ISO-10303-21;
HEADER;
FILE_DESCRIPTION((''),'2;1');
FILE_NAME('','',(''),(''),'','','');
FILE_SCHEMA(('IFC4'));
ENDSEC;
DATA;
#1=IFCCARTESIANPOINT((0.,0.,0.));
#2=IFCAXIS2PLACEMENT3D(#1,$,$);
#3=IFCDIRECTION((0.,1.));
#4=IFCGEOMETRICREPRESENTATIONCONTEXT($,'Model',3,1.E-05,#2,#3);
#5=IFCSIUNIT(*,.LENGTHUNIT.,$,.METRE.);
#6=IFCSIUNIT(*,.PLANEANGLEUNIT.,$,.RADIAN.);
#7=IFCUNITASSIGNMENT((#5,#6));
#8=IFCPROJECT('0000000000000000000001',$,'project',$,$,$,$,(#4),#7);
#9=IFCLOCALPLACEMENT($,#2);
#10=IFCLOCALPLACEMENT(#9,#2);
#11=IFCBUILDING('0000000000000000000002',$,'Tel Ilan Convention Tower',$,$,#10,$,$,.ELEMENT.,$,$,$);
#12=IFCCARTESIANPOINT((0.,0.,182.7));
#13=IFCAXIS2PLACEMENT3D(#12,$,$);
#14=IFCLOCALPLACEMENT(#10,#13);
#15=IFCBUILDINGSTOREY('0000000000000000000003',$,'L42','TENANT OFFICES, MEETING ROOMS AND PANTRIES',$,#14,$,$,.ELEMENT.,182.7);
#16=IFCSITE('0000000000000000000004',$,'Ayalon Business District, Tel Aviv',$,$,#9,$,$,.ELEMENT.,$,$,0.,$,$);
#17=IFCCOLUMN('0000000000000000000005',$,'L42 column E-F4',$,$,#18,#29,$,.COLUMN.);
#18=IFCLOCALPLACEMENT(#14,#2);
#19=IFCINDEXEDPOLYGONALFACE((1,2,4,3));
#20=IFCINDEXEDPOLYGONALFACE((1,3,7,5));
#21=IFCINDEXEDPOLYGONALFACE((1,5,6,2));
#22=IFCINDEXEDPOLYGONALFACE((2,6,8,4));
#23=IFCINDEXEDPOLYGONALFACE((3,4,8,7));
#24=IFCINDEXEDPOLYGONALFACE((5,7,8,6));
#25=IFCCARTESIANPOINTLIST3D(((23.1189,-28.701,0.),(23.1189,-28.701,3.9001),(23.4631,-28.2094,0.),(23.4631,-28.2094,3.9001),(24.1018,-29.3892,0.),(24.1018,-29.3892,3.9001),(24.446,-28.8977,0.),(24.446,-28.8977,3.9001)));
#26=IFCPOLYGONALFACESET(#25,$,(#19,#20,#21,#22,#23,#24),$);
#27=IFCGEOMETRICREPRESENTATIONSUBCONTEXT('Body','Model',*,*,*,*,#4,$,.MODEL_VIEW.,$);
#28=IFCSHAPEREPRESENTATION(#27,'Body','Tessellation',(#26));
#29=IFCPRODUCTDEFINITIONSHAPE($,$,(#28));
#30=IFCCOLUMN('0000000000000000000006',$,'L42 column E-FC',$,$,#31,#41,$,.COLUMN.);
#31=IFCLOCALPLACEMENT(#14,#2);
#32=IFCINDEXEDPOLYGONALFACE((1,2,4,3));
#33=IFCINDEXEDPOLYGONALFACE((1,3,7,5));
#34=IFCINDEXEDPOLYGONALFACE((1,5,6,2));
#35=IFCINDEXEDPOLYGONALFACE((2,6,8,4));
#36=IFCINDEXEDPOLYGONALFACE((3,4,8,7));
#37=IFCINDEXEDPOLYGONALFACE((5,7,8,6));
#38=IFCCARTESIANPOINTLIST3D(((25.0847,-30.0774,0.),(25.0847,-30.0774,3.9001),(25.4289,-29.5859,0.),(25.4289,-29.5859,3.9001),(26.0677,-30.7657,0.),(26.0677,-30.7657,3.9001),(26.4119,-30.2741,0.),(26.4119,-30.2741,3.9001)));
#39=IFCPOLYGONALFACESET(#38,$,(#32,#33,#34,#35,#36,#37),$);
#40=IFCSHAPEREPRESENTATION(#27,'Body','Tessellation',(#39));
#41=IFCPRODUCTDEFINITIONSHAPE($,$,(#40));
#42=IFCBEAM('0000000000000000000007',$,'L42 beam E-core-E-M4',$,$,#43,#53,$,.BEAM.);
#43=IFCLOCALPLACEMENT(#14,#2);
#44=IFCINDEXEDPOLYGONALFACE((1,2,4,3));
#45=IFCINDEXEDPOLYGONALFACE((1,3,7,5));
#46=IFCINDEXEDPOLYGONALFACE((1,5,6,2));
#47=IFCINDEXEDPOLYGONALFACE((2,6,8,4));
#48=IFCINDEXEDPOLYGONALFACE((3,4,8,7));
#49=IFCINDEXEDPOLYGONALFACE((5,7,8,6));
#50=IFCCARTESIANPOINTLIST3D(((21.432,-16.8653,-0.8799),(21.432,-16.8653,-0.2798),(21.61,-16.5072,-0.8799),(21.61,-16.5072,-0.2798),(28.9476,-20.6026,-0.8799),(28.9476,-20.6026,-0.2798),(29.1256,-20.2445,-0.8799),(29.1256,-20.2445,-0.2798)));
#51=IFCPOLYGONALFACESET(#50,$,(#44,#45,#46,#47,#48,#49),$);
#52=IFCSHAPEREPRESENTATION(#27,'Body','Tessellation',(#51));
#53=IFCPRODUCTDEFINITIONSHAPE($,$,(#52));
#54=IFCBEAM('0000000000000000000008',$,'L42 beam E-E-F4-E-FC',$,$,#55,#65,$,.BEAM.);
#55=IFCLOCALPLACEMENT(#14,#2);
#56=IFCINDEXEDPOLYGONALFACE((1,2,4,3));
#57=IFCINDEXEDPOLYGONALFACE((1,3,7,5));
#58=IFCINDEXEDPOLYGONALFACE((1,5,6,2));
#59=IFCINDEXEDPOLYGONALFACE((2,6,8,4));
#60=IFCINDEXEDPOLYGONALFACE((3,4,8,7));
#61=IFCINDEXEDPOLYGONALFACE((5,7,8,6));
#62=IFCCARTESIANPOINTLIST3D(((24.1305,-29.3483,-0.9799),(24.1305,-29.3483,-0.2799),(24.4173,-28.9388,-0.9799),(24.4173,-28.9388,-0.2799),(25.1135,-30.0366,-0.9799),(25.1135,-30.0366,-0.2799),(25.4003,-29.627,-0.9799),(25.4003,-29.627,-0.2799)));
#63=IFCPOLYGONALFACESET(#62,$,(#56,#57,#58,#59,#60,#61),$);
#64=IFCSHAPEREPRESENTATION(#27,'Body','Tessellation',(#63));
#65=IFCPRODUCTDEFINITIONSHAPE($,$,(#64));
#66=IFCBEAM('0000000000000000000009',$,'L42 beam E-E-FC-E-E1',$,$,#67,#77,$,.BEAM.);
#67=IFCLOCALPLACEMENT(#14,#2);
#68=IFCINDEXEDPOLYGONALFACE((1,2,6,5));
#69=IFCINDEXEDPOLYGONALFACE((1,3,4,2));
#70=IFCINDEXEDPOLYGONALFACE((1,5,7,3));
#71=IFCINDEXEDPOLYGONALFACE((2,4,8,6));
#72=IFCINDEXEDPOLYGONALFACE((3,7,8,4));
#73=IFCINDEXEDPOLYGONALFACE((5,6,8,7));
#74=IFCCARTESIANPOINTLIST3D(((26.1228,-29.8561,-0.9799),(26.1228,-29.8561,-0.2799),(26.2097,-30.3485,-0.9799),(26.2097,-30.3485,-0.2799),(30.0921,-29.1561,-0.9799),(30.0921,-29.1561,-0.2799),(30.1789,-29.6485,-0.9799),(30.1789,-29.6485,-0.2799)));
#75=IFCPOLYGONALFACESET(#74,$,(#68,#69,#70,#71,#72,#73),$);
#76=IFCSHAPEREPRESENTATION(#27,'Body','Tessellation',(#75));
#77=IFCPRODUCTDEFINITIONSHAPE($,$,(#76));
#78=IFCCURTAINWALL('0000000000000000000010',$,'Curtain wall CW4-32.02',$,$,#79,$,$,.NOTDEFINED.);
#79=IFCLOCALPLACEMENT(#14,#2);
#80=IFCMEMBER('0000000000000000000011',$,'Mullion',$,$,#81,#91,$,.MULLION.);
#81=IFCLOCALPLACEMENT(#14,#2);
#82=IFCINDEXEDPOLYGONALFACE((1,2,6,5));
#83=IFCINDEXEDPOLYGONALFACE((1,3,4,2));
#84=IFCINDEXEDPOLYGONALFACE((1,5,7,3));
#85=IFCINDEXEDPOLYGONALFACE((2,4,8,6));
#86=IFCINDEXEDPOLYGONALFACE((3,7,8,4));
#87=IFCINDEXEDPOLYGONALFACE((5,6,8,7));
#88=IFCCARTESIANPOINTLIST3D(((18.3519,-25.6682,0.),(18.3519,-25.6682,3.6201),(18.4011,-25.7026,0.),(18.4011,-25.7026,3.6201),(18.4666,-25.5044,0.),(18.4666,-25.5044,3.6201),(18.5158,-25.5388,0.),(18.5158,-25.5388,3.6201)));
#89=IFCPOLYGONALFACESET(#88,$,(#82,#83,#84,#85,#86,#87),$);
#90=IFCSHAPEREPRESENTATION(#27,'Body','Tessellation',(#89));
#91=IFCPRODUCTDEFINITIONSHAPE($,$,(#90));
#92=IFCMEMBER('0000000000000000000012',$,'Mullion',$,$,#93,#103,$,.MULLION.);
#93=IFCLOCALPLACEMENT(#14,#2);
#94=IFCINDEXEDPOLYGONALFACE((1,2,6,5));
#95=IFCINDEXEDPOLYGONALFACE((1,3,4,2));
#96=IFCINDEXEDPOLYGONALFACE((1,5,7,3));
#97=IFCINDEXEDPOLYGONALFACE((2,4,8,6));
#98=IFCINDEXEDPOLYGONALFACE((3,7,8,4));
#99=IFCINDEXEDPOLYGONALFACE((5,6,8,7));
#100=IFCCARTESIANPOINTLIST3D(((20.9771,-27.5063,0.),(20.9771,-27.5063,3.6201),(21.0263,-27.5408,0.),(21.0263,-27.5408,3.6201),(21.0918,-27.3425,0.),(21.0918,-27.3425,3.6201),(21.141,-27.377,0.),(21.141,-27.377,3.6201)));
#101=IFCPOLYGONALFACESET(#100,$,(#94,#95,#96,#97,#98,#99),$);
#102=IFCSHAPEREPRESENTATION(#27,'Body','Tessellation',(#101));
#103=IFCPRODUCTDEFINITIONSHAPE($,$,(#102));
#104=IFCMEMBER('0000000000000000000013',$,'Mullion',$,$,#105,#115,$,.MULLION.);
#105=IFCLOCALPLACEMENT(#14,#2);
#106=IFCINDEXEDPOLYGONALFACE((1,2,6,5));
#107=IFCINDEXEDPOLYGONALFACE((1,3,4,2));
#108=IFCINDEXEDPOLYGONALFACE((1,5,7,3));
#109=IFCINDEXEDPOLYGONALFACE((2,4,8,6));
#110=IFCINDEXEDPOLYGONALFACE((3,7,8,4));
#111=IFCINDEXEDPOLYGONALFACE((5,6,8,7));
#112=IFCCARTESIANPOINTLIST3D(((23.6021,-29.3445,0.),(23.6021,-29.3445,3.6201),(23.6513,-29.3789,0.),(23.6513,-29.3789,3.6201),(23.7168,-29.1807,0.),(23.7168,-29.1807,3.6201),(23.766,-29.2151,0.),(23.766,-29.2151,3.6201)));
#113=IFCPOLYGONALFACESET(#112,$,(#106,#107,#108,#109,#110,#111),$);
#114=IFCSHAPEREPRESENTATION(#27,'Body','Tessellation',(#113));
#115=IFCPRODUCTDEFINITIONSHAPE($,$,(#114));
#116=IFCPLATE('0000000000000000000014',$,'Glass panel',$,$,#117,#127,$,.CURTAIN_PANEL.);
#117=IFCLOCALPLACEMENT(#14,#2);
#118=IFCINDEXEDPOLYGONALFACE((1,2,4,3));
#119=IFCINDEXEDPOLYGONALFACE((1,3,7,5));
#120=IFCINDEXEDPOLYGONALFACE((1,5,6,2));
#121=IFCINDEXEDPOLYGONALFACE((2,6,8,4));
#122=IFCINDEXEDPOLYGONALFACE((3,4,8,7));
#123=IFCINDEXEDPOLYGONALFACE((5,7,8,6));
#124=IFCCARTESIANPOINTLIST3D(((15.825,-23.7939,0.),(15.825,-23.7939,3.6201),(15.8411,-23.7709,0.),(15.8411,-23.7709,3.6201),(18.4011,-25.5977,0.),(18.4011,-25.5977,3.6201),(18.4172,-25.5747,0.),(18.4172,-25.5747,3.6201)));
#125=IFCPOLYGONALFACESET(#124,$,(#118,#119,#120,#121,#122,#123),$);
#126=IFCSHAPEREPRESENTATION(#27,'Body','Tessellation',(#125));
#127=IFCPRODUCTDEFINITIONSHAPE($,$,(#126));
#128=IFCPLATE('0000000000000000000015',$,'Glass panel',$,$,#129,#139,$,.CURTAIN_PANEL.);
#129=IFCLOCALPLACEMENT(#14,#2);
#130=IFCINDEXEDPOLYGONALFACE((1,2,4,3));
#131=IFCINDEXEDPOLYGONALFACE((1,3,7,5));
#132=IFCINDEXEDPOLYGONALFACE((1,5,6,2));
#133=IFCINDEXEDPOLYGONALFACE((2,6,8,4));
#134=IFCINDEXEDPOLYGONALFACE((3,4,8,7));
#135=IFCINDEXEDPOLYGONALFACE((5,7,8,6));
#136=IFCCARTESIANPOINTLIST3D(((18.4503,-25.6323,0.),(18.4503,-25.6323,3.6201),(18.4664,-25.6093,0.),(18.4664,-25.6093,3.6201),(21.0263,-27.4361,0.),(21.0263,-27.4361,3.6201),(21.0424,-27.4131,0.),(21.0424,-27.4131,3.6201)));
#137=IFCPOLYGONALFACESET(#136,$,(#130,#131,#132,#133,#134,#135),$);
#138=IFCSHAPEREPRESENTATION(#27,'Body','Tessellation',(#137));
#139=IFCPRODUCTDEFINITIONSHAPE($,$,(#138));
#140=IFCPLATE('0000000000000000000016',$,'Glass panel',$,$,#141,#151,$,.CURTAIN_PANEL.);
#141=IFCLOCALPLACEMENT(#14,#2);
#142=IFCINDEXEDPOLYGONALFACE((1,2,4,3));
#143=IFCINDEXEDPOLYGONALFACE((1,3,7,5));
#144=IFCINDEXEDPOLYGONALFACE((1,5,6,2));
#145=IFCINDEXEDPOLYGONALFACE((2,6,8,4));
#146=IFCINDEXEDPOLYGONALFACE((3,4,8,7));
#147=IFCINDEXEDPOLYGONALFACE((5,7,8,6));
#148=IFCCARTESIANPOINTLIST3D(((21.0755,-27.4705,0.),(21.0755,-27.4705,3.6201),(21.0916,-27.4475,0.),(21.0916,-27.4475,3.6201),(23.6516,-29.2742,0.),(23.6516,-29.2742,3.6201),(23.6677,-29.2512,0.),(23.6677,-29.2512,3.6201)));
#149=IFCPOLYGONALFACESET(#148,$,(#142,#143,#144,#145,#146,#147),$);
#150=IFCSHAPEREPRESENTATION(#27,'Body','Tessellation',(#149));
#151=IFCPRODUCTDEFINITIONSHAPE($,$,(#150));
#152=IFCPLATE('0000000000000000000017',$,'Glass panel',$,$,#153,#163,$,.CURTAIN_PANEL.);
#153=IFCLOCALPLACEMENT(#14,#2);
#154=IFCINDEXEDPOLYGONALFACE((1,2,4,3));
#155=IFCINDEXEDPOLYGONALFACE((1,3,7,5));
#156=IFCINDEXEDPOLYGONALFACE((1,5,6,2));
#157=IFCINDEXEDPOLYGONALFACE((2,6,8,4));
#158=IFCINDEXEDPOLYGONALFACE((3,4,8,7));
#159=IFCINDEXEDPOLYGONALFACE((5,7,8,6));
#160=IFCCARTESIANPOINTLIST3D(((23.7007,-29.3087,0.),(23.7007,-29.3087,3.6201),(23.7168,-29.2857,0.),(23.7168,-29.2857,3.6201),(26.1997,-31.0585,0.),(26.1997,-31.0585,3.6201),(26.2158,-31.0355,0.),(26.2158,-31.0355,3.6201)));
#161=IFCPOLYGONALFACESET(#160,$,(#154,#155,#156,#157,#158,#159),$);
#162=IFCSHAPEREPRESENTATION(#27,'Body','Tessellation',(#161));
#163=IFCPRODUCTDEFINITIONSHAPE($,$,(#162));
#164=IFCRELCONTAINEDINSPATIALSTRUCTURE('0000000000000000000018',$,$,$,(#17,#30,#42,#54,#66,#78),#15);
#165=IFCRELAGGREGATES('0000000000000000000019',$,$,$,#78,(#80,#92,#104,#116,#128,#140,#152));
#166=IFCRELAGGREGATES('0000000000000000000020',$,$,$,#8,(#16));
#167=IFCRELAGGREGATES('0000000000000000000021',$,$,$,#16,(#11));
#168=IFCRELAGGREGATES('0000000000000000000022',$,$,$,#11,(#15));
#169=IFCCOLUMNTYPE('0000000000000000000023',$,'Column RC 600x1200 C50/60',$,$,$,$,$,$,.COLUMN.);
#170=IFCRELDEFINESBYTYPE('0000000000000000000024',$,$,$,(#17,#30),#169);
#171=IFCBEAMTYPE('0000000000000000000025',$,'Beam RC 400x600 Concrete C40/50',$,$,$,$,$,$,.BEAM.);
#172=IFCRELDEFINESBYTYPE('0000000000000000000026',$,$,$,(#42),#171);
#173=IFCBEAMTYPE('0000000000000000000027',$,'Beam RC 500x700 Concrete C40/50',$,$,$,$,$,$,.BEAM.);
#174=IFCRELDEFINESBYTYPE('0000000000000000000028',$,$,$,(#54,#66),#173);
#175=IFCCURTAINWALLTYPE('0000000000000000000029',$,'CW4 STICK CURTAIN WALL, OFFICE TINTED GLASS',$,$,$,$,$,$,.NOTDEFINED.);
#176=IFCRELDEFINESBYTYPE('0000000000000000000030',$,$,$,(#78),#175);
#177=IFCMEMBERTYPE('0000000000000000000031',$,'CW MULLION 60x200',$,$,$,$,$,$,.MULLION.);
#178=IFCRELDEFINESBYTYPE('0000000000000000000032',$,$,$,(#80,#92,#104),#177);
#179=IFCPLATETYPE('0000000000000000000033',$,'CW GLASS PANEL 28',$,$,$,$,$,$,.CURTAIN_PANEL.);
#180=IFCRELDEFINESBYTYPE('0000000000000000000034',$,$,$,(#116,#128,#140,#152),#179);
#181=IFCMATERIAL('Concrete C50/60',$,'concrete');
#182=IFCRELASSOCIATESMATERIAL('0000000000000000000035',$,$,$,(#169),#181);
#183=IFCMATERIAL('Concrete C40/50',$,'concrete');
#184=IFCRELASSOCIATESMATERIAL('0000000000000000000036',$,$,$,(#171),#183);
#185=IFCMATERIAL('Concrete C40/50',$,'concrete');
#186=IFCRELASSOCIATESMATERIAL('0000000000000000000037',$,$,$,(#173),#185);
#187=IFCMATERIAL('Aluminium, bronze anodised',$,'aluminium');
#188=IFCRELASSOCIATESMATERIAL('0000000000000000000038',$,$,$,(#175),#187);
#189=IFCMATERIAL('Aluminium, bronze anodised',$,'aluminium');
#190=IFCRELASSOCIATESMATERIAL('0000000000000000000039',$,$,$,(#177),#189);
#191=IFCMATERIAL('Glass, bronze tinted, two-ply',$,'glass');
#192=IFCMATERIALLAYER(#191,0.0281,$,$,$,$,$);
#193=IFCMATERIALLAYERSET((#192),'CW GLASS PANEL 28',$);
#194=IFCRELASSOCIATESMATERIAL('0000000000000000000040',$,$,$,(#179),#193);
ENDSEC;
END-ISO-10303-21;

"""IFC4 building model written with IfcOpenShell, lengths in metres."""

from ifc_helpers import new_model, si_unit, direction, frame, origin, origin_2d, place, context, subcontext, project, spatial, rectangle, extrude, material, layer, layer_set, material_profile, profile_set, type_object, element, aggregate, save


model = new_model("IFC4")

# Units and contexts
model_context = context("Model", 3, precision=1e-05, world=origin(), true_north=direction((0.0, 1.0)))
body_context = subcontext(model_context, "Body", "Model", "MODEL_VIEW")
ifc_project = project(units=[si_unit("LENGTHUNIT", "METRE"), si_unit("PLANEANGLEUNIT", "RADIAN")], contexts=[model_context])

# Site, building, storey
site_placement = place(None, origin())
site = spatial("IfcSite", under=ifc_project, at=site_placement, Name="Ayalon Business District, Tel Aviv", CompositionType="ELEMENT", RefElevation=0.0)
building_placement = place(site_placement, origin())
building = spatial("IfcBuilding", under=site, at=building_placement, Name="Tel Ilan Convention Tower", CompositionType="ELEMENT")
storey_placement = place(building_placement, frame((0.0, 0.0, 182.7)))
storey = spatial("IfcBuildingStorey", under=building, at=storey_placement, Name="L42", Description="TENANT OFFICES, MEETING ROOMS AND PANTRIES", CompositionType="ELEMENT", Elevation=182.7)

# Columns
ifc_material_1 = material(Name="Concrete C50/60", Category="concrete")
ifc_material_profile_1 = material_profile(ifc_material_1, rectangle(XDim=1.2, YDim=0.6001, at=origin_2d()), Name="RC 600x1200")
ifc_profile_set_1 = profile_set([ifc_material_profile_1], Name="Concrete C50/60")
column_type = type_object("IfcColumnType", Name="Column RC 600x1200 C50/60", PredefinedType="COLUMN", material=ifc_profile_set_1)
for number, where, z_axis, x_axis, name in (
    (1, (23.7825, -28.7993, 0.0), (0.0, 0.0, 1.0), (0.819152, -0.573576, 0.0), "L42 column E-F4"),
    (2, (25.7483, -30.1758, 0.0), (0.0, 0.0, 1.0), (0.819152, -0.573576, 0.0), "L42 column E-FC"),
):
    element("IfcColumn", number, at=place(storey_placement, frame(where, z_axis=z_axis, x_axis=x_axis)), inside=storey, type_object=column_type, Name=name, PredefinedType="COLUMN", context=body_context, shape_type="SweptSolid", body=[
        extrude(rectangle(XDim=1.2, YDim=0.6001, at=origin_2d()), origin(), (0.0, 0.0, 1.0), 3.9001),
    ])

# Beams
ifc_material_2 = material(Name="Concrete C40/50", Category="concrete")
ifc_material_profile_2 = material_profile(ifc_material_2, rectangle(XDim=0.3999, YDim=0.6001, at=origin_2d()), Name="RC 400x600")
ifc_profile_set_2 = profile_set([ifc_material_profile_2], Name="Concrete C40/50")
beam_type_1 = type_object("IfcBeamType", Name="Beam RC 400x600 Concrete C40/50", PredefinedType="BEAM", material=ifc_profile_set_2)
beam_1_placement = place(storey_placement, frame((21.521, -16.6863, -0.5798), z_axis=(0.895402, -0.445258, 0.0), x_axis=(0.445258, 0.895402, 0.0)))
element("IfcBeam", 3, at=beam_1_placement, inside=storey, type_object=beam_type_1, Name="L42 beam E-core-E-M4", PredefinedType="BEAM", context=body_context, shape_type="SweptSolid", body=[
    extrude(rectangle(XDim=0.3999, YDim=0.6001, at=origin_2d()), origin(), (0.0, 0.0, 1.0), 8.3936),
])
ifc_material_3 = material(Name="Concrete C40/50", Category="concrete")
ifc_material_profile_3 = material_profile(ifc_material_3, rectangle(XDim=0.5, YDim=0.7, at=origin_2d()), Name="RC 500x700")
ifc_profile_set_3 = profile_set([ifc_material_profile_3], Name="Concrete C40/50")
beam_type_2 = type_object("IfcBeamType", Name="Beam RC 500x700 Concrete C40/50", PredefinedType="BEAM", material=ifc_profile_set_3)
beam_2_placement = place(storey_placement, frame((24.2739, -29.1436, -0.6299), z_axis=(0.819155, -0.573572, 0.0), x_axis=(0.573572, 0.819155, 0.0)))
element("IfcBeam", 4, at=beam_2_placement, inside=storey, type_object=beam_type_2, Name="L42 beam E-E-F4-E-FC", PredefinedType="BEAM", context=body_context, shape_type="SweptSolid", body=[
    extrude(rectangle(XDim=0.5, YDim=0.7, at=origin_2d()), origin(), (0.0, 0.0, 1.0), 1.2),
])
beam_3_placement = place(storey_placement, frame((26.1663, -30.1023, -0.6299), z_axis=(0.984805, 0.173664, 0.0), x_axis=(-0.173664, 0.984805, 0.0)))
element("IfcBeam", 5, at=beam_3_placement, inside=storey, type_object=beam_type_2, Name="L42 beam E-E-FC-E-E1", PredefinedType="BEAM", context=body_context, shape_type="SweptSolid", body=[
    extrude(rectangle(XDim=0.5, YDim=0.7, at=origin_2d()), origin(), (0.0, 0.0, 1.0), 4.0305),
])

# Curtain wall, members, plates
ifc_material_4 = material(Name="Aluminium, bronze anodised", Category="aluminium")
curtain_wall_type = type_object("IfcCurtainWallType", Name="CW4 STICK CURTAIN WALL, OFFICE TINTED GLASS", PredefinedType="NOTDEFINED", material=ifc_material_4)
curtain_wall_placement = place(storey_placement, origin())
curtain_wall = element("IfcCurtainWall", 6, at=curtain_wall_placement, inside=storey, type_object=curtain_wall_type, Name="Curtain wall CW4-32.02", PredefinedType="NOTDEFINED")
ifc_material_5 = material(Name="Aluminium, bronze anodised", Category="aluminium")
ifc_material_profile_4 = material_profile(ifc_material_5, rectangle(XDim=0.0601, YDim=0.2, at=origin_2d()), Name="CW MULLION 60x200")
ifc_profile_set_4 = profile_set([ifc_material_profile_4], Name="Aluminium, bronze anodised")
member_type = type_object("IfcMemberType", Name="CW MULLION 60x200", PredefinedType="MULLION", material=ifc_profile_set_4)
member_1_placement = place(storey_placement, frame((18.4338, -25.6035, 0.0), z_axis=(0.0, 0.0, 1.0), x_axis=(0.819152, -0.573576, 0.0)))
member_1 = element("IfcMember", 7, at=member_1_placement, type_object=member_type, Name="Mullion", PredefinedType="MULLION", context=body_context, shape_type="SweptSolid", body=[
    extrude(rectangle(XDim=0.0601, YDim=0.2, at=origin_2d()), origin(), (0.0, 0.0, 1.0), 3.6201),
])
member_2_placement = place(storey_placement, frame((21.0591, -27.4417, 0.0), z_axis=(0.0, 0.0, 1.0), x_axis=(0.819152, -0.573576, 0.0)))
member_2 = element("IfcMember", 8, at=member_2_placement, type_object=member_type, Name="Mullion", PredefinedType="MULLION", context=body_context, shape_type="SweptSolid", body=[
    extrude(rectangle(XDim=0.0601, YDim=0.2, at=origin_2d()), origin(), (0.0, 0.0, 1.0), 3.6201),
])
member_3_placement = place(storey_placement, frame((23.6841, -29.2798, 0.0), z_axis=(0.0, 0.0, 1.0), x_axis=(0.819152, -0.573576, 0.0)))
member_3 = element("IfcMember", 9, at=member_3_placement, type_object=member_type, Name="Mullion", PredefinedType="MULLION", context=body_context, shape_type="SweptSolid", body=[
    extrude(rectangle(XDim=0.0601, YDim=0.2, at=origin_2d()), origin(), (0.0, 0.0, 1.0), 3.6201),
])
ifc_material_6 = material(Name="Glass, bronze tinted, two-ply", Category="glass")
ifc_layer_1 = layer(ifc_material_6, 0.0281)
ifc_layer_set_1 = layer_set([ifc_layer_1], Name="CW GLASS PANEL 28")
plate_type = type_object("IfcPlateType", Name="CW GLASS PANEL 28", PredefinedType="CURTAIN_PANEL", material=ifc_layer_set_1)
plate_1_placement = place(storey_placement, frame((17.1211, -24.6843, 0.0), z_axis=(0.0, 0.0, 1.0), x_axis=(0.819152, -0.573576, 0.0)))
plate_1 = element("IfcPlate", 10, at=plate_1_placement, type_object=plate_type, Name="Glass panel", PredefinedType="CURTAIN_PANEL", context=body_context, shape_type="SweptSolid", body=[
    extrude(rectangle(XDim=3.1448, YDim=0.0281, at=origin_2d()), origin(), (0.0, 0.0, 1.0), 3.6201),
])
plate_2_placement = place(storey_placement, frame((19.7463, -26.5227, 0.0), z_axis=(0.0, 0.0, 1.0), x_axis=(0.819152, -0.573576, 0.0)))
plate_2 = element("IfcPlate", 11, at=plate_2_placement, type_object=plate_type, Name="Glass panel", PredefinedType="CURTAIN_PANEL", context=body_context, shape_type="SweptSolid", body=[
    extrude(rectangle(XDim=3.1448, YDim=0.0281, at=origin_2d()), origin(), (0.0, 0.0, 1.0), 3.6201),
])
plate_3_placement = place(storey_placement, frame((22.3716, -28.3608, 0.0), z_axis=(0.0, 0.0, 1.0), x_axis=(0.819152, -0.573576, 0.0)))
plate_3 = element("IfcPlate", 12, at=plate_3_placement, type_object=plate_type, Name="Glass panel", PredefinedType="CURTAIN_PANEL", context=body_context, shape_type="SweptSolid", body=[
    extrude(rectangle(XDim=3.1448, YDim=0.0281, at=origin_2d()), origin(), (0.0, 0.0, 1.0), 3.6201),
])
plate_4_placement = place(storey_placement, frame((24.9583, -30.1721, 0.0), z_axis=(0.0, 0.0, 1.0), x_axis=(0.819152, -0.573576, 0.0)))
plate_4 = element("IfcPlate", 13, at=plate_4_placement, type_object=plate_type, Name="Glass panel", PredefinedType="CURTAIN_PANEL", context=body_context, shape_type="SweptSolid", body=[
    extrude(rectangle(XDim=3.0508, YDim=0.0281, at=origin_2d()), origin(), (0.0, 0.0, 1.0), 3.6201),
])
aggregate(curtain_wall, [member_1, member_2, member_3, plate_1, plate_2, plate_3, plate_4])

save(model, "model.ifc")
